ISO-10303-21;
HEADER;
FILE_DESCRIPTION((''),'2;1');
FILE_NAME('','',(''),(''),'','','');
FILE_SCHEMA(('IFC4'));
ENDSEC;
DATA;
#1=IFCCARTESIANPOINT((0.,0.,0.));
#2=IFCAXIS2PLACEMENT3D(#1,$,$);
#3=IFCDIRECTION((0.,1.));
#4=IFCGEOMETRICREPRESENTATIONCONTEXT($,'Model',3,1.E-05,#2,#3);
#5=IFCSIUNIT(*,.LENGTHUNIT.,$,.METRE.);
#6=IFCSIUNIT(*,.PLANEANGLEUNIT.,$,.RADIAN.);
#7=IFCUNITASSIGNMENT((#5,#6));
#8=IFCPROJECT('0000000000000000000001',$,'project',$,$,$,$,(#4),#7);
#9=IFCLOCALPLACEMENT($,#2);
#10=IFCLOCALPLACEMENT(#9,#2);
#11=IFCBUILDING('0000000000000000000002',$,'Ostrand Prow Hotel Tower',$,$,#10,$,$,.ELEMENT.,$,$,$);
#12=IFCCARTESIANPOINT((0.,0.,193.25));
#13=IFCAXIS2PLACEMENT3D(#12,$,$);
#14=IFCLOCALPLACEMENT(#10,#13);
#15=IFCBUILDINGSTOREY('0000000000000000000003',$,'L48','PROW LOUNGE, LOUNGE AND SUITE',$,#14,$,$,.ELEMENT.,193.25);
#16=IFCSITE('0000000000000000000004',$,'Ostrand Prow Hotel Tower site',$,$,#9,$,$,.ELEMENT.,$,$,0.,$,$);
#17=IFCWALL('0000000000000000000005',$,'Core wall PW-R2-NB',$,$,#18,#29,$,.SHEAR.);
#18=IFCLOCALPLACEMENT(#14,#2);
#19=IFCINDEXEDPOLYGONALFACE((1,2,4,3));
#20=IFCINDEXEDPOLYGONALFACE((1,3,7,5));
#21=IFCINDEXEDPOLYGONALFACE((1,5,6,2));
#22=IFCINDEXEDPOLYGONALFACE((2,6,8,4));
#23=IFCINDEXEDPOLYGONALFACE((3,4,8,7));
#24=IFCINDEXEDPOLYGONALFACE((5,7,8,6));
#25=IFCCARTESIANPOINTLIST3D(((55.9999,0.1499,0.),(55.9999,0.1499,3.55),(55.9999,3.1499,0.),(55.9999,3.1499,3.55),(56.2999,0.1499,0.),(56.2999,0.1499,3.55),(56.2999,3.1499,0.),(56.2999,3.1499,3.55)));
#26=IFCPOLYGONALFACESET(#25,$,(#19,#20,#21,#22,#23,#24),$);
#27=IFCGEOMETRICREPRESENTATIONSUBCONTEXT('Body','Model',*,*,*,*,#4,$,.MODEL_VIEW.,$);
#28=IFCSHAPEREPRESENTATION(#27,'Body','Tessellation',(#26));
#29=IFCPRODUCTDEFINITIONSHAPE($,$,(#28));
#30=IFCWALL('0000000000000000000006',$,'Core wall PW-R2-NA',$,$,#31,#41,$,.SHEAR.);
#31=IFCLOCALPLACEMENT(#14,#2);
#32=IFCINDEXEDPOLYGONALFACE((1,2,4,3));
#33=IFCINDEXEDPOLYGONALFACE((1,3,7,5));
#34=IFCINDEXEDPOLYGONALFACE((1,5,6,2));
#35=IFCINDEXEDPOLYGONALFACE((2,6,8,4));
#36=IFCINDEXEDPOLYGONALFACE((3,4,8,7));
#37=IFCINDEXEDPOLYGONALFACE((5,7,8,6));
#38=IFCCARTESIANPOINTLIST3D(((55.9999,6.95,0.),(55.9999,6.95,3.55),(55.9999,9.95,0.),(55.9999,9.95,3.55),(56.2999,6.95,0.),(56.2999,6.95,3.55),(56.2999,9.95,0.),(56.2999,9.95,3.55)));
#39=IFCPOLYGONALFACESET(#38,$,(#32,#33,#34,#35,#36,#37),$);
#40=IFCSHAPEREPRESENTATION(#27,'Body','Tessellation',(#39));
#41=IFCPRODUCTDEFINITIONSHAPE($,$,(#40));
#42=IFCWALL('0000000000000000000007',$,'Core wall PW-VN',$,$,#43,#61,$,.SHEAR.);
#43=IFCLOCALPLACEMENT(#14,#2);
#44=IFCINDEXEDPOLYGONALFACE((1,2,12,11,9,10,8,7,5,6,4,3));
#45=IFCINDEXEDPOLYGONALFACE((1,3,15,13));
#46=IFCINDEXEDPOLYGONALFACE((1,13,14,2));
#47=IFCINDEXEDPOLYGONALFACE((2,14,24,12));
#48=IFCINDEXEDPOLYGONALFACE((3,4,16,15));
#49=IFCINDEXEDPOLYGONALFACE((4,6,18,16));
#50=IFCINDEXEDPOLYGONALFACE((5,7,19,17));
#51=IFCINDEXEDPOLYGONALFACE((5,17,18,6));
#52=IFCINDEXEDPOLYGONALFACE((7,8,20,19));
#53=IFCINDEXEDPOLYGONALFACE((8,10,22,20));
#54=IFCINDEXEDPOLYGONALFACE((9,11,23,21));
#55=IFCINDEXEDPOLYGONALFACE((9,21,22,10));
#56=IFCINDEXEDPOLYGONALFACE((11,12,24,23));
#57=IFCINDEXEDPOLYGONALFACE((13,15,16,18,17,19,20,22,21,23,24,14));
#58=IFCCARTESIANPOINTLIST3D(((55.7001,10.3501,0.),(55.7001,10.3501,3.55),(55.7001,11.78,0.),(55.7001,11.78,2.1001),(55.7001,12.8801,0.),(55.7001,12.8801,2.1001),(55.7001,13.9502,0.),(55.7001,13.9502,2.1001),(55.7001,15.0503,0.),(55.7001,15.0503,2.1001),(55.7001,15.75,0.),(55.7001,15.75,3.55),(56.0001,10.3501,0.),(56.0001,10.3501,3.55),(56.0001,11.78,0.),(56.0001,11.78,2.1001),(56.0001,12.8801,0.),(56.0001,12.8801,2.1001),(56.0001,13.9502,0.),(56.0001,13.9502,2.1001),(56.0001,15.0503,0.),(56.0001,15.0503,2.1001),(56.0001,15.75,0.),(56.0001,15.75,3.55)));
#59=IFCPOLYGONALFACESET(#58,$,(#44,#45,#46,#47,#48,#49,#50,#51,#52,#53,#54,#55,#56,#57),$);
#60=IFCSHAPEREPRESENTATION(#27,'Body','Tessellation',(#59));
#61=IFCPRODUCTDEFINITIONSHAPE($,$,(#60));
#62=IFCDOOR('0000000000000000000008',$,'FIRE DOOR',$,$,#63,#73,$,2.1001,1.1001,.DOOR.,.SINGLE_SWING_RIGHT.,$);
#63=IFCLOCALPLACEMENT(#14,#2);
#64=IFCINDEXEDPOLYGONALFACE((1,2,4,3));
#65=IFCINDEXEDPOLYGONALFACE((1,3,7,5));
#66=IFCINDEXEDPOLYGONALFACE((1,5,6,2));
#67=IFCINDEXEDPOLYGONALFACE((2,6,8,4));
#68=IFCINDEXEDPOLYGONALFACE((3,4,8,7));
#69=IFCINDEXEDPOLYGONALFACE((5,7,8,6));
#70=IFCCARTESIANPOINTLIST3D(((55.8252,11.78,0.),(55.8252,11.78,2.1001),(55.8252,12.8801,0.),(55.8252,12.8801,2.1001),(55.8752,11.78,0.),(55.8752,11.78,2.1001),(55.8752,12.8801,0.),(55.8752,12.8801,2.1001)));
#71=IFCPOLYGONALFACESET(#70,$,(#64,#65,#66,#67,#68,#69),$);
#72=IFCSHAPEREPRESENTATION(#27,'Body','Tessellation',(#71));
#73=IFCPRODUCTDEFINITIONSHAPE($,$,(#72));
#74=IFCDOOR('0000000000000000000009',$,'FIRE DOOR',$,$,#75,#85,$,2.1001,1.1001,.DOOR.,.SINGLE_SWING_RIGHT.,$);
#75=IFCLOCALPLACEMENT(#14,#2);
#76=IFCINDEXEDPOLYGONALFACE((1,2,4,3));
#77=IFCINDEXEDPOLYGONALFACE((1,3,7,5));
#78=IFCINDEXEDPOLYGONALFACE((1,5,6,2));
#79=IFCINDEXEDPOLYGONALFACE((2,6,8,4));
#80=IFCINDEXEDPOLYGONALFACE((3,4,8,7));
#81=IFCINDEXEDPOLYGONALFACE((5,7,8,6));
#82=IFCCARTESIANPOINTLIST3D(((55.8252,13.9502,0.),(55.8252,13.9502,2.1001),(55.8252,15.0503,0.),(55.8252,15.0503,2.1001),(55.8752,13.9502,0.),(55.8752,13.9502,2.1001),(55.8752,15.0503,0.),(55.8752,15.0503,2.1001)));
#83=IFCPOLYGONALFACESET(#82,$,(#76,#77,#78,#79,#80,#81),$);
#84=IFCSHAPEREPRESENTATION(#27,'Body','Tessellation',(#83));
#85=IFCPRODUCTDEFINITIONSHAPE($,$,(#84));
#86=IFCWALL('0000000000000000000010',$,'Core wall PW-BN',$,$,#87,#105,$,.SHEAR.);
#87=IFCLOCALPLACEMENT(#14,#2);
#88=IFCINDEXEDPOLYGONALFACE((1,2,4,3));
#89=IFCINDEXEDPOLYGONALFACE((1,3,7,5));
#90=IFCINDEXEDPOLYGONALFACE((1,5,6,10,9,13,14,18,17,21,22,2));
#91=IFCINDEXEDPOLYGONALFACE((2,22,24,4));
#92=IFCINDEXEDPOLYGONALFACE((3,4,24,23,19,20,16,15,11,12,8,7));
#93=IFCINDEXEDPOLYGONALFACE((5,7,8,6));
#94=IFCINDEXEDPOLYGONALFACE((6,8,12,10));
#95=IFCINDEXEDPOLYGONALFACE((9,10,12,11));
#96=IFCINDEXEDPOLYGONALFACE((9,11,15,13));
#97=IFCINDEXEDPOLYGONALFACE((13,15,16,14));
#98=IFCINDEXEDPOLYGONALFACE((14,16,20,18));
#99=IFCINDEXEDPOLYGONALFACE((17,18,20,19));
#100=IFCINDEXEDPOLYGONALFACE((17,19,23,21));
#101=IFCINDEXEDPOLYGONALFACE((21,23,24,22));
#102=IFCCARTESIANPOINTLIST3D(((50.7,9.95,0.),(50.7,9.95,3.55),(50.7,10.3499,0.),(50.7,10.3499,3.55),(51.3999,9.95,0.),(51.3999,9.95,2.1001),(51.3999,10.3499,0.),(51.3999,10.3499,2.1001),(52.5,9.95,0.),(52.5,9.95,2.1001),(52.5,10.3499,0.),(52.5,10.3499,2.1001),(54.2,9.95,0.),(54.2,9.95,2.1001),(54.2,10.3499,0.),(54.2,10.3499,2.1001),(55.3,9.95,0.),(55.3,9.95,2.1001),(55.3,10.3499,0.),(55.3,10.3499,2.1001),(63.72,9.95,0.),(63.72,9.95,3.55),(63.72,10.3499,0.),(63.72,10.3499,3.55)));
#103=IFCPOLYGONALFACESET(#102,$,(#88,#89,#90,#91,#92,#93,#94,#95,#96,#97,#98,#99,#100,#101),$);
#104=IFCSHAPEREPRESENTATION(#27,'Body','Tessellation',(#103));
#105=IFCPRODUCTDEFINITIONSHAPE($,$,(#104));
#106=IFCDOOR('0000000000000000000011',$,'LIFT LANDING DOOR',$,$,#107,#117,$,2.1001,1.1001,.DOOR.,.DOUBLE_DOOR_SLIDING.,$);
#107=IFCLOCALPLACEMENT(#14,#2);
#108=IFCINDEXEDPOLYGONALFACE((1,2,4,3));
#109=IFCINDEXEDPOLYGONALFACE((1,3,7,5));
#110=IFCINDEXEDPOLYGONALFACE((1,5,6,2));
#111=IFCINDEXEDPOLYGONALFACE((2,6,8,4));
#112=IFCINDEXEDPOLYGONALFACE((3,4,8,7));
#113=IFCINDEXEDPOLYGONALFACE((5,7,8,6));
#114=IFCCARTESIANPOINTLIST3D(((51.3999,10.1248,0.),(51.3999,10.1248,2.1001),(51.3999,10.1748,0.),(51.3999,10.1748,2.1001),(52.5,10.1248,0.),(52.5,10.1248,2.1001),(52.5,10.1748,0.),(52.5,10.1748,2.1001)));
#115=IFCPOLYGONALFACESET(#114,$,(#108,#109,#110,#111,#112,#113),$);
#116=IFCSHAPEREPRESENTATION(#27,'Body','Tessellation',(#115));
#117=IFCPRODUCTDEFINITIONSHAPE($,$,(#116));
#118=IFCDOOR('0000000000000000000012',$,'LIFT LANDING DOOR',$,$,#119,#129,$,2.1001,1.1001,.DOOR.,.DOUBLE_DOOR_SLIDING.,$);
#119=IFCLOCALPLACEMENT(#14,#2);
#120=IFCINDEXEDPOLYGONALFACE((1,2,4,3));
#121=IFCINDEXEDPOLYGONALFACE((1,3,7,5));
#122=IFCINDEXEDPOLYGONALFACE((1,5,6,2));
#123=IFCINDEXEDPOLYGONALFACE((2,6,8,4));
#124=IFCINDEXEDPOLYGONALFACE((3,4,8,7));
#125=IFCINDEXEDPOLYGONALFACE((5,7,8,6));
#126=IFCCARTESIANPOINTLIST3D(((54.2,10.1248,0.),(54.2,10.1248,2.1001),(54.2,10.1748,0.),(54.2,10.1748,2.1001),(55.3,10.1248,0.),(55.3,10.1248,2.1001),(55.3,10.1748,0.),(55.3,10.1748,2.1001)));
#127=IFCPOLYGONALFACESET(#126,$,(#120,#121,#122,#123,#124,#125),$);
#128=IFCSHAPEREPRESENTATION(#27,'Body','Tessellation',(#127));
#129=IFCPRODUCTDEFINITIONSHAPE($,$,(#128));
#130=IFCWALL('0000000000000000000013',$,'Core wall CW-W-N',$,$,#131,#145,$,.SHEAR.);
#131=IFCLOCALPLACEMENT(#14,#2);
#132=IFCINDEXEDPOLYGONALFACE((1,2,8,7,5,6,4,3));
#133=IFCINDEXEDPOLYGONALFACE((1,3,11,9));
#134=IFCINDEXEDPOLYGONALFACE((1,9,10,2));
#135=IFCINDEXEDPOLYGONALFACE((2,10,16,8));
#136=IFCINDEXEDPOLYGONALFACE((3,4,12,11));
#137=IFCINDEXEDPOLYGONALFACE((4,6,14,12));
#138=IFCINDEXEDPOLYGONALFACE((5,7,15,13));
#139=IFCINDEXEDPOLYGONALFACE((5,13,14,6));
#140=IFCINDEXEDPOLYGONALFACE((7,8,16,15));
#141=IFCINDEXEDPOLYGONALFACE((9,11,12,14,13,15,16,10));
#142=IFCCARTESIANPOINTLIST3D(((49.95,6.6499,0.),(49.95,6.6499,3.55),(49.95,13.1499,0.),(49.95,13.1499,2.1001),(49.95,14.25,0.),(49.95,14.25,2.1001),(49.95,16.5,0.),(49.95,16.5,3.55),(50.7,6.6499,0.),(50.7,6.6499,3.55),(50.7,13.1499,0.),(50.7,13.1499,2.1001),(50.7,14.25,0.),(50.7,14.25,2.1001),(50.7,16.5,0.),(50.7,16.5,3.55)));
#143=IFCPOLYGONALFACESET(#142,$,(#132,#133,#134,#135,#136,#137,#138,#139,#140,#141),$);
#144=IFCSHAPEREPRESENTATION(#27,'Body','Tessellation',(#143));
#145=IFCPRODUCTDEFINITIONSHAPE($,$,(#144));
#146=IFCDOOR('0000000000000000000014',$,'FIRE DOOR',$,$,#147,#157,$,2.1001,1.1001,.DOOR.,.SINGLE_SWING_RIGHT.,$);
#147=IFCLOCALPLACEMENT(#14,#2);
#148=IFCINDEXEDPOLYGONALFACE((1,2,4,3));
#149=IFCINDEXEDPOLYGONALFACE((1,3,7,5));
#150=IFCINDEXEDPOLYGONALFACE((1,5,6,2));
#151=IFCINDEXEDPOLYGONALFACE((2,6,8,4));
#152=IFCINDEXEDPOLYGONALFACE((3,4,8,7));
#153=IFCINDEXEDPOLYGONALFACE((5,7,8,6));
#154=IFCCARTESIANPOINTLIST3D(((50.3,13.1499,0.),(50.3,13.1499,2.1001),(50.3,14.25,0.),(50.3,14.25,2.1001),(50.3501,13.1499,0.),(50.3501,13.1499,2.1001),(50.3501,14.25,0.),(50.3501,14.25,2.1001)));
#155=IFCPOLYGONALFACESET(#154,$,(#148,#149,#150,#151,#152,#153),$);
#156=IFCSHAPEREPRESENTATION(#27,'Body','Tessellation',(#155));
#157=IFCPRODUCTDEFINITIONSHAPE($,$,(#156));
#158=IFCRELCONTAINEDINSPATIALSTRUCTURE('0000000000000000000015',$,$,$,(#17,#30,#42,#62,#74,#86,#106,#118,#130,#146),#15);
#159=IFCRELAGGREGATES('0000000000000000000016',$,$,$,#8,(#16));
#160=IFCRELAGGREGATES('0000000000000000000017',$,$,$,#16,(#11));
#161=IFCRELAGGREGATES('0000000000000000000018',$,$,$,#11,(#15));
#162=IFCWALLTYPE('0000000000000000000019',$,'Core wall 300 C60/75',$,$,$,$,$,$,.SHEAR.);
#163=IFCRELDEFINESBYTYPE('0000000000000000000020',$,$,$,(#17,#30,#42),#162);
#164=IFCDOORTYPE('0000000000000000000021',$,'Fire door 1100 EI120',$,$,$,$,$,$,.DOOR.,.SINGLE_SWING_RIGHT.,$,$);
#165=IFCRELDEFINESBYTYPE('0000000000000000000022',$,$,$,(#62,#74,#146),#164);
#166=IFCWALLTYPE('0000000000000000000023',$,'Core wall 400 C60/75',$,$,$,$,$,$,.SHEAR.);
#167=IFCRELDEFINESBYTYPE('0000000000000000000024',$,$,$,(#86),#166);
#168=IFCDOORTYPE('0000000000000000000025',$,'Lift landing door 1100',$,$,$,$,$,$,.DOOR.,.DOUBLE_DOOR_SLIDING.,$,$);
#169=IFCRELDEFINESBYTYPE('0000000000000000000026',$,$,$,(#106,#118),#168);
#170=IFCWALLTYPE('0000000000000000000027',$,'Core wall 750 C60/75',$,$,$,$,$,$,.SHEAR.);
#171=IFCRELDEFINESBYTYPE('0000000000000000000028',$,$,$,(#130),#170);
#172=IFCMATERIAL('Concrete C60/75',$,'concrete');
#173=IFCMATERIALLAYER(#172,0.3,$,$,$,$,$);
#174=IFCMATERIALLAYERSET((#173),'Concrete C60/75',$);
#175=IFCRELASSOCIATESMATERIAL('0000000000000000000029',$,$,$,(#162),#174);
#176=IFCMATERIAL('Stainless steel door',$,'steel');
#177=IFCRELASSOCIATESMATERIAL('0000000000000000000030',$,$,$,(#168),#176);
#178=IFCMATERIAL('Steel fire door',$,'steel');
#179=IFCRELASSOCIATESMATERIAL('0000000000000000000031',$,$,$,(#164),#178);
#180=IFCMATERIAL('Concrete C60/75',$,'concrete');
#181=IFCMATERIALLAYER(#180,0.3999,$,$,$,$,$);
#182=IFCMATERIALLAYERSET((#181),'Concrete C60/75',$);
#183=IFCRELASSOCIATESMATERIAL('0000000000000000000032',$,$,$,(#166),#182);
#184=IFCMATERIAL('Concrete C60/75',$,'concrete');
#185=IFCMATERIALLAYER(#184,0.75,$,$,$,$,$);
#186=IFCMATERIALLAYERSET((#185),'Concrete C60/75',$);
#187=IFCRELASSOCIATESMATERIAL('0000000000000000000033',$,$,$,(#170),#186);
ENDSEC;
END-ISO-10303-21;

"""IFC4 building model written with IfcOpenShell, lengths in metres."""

from ifc_helpers import new_model, si_unit, direction, frame, frame_2d, origin, place, context, subcontext, project, spatial, rectangle, extrude, material, layer, layer_set, type_object, element, fill, save


model = new_model("IFC4")

# Units and contexts
model_context = context("Model", 3, precision=1e-05, world=origin(), true_north=direction((0.0, 1.0)))
body_context = subcontext(model_context, "Body", "Model", "MODEL_VIEW")
ifc_project = project(units=[si_unit("LENGTHUNIT", "METRE"), si_unit("PLANEANGLEUNIT", "RADIAN")], contexts=[model_context])

# Site, building, storey
site_placement = place(None, origin())
site = spatial("IfcSite", under=ifc_project, at=site_placement, Name="Ostrand Prow Hotel Tower site", CompositionType="ELEMENT", RefElevation=0.0)
building_placement = place(site_placement, origin())
building = spatial("IfcBuilding", under=site, at=building_placement, Name="Ostrand Prow Hotel Tower", CompositionType="ELEMENT")
storey_placement = place(building_placement, frame((0.0, 0.0, 193.25)))
storey = spatial("IfcBuildingStorey", under=building, at=storey_placement, Name="L48", Description="PROW LOUNGE, LOUNGE AND SUITE", CompositionType="ELEMENT", Elevation=193.25)

# Shared definitions
ifc_material_1 = material(Name="Concrete C60/75", Category="concrete")
ifc_layer_1 = layer(ifc_material_1, 0.3)
ifc_layer_set_1 = layer_set([ifc_layer_1], Name="Concrete C60/75")
wall_type_1 = type_object("IfcWallType", Name="Core wall 300 C60/75", PredefinedType="SHEAR", material=ifc_layer_set_1)
ifc_material_2 = material(Name="Stainless steel door", Category="steel")
door_type_1 = type_object("IfcDoorType", Name="Lift landing door 1100", OperationType="DOUBLE_DOOR_SLIDING", PredefinedType="DOOR", material=ifc_material_2)

# Walls
for number, where, z_axis, x_axis, name in (
    (1, (56.1499, 0.1499, 0.0), (0.0, 0.0, 1.0), (0.0, 1.0, 0.0), "Core wall PW-R2-NB"),
    (2, (56.1499, 6.95, 0.0), (0.0, 0.0, 1.0), (0.0, 1.0, 0.0), "Core wall PW-R2-NA"),
):
    element("IfcWall", number, at=place(storey_placement, frame(where, z_axis=z_axis, x_axis=x_axis)), inside=storey, type_object=wall_type_1, Name=name, PredefinedType="SHEAR", context=body_context, shape_type="SweptSolid", body=[
        extrude(rectangle(XDim=3.0, YDim=0.3, at=frame_2d((1.5, 0.0))), origin(), (0.0, 0.0, 1.0), 3.55),
    ])

# Walls, openings, doors
wall_1_placement = place(storey_placement, frame((55.8501, 10.3501, 0.0), z_axis=(0.0, 0.0, 1.0), x_axis=(0.0, 1.0, 0.0)))
wall_1 = element("IfcWall", 3, at=wall_1_placement, inside=storey, type_object=wall_type_1, Name="Core wall PW-VN", PredefinedType="SHEAR", context=body_context, shape_type="SweptSolid", body=[
    extrude(rectangle(XDim=5.3999, YDim=0.3, at=frame_2d((2.7, 0.0))), origin(), (0.0, 0.0, 1.0), 3.55),
])
opening_1_placement = place(wall_1_placement, frame((1.4299, 0.0, 0.0)))
opening_1 = element("IfcOpeningElement", 4, at=opening_1_placement, cuts=wall_1, PredefinedType="OPENING", context=body_context, shape_type="SweptSolid", body=[
    extrude(rectangle(XDim=1.1001, YDim=2.1001, at=frame_2d((0.55, 1.05))), frame((0.0, 0.1599, 0.0), z_axis=(0.0, -1.0, 0.0), x_axis=(1.0, 0.0, 0.0)), (0.0, 0.0, 1.0), 0.3201),
])
opening_2_placement = place(wall_1_placement, frame((3.6001, 0.0, 0.0)))
opening_2 = element("IfcOpeningElement", 5, at=opening_2_placement, cuts=wall_1, PredefinedType="OPENING", context=body_context, shape_type="SweptSolid", body=[
    extrude(rectangle(XDim=1.1001, YDim=2.1001, at=frame_2d((0.55, 1.05))), frame((0.0, 0.1599, 0.0), z_axis=(0.0, -1.0, 0.0), x_axis=(1.0, 0.0, 0.0)), (0.0, 0.0, 1.0), 0.3201),
])
ifc_material_3 = material(Name="Steel fire door", Category="steel")
door_type_2 = type_object("IfcDoorType", Name="Fire door 1100 EI120", OperationType="SINGLE_SWING_RIGHT", PredefinedType="DOOR", material=ifc_material_3)
door_1_placement = place(opening_1_placement, origin())
door_1 = element("IfcDoor", 6, at=door_1_placement, inside=storey, type_object=door_type_2, Name="FIRE DOOR", OperationType="SINGLE_SWING_RIGHT", OverallHeight=2.1001, OverallWidth=1.1001, PredefinedType="DOOR", context=body_context, shape_type="SweptSolid", body=[
    extrude(rectangle(XDim=1.1001, YDim=2.1001, at=frame_2d((0.55, 1.05))), frame((0.0, 0.0249, 0.0), z_axis=(0.0, -1.0, 0.0), x_axis=(1.0, 0.0, 0.0)), (0.0, 0.0, 1.0), 0.05),
])
fill(opening_1, door_1)
door_2_placement = place(opening_2_placement, origin())
door_2 = element("IfcDoor", 7, at=door_2_placement, inside=storey, type_object=door_type_2, Name="FIRE DOOR", OperationType="SINGLE_SWING_RIGHT", OverallHeight=2.1001, OverallWidth=1.1001, PredefinedType="DOOR", context=body_context, shape_type="SweptSolid", body=[
    extrude(rectangle(XDim=1.1001, YDim=2.1001, at=frame_2d((0.55, 1.05))), frame((0.0, 0.0249, 0.0), z_axis=(0.0, -1.0, 0.0), x_axis=(1.0, 0.0, 0.0)), (0.0, 0.0, 1.0), 0.05),
])
fill(opening_2, door_2)
ifc_material_4 = material(Name="Concrete C60/75", Category="concrete")
ifc_layer_2 = layer(ifc_material_4, 0.3999)
ifc_layer_set_2 = layer_set([ifc_layer_2], Name="Concrete C60/75")
wall_type_2 = type_object("IfcWallType", Name="Core wall 400 C60/75", PredefinedType="SHEAR", material=ifc_layer_set_2)
wall_2_placement = place(storey_placement, frame((50.7, 10.1499, 0.0), z_axis=(0.0, 0.0, 1.0), x_axis=(1.0, 0.0, 0.0)))
wall_2 = element("IfcWall", 8, at=wall_2_placement, inside=storey, type_object=wall_type_2, Name="Core wall PW-BN", PredefinedType="SHEAR", context=body_context, shape_type="SweptSolid", body=[
    extrude(rectangle(XDim=13.02, YDim=0.3999, at=frame_2d((6.51, 0.0))), origin(), (0.0, 0.0, 1.0), 3.55),
])
opening_3_placement = place(wall_2_placement, frame((0.7, 0.0, 0.0)))
opening_3 = element("IfcOpeningElement", 9, at=opening_3_placement, cuts=wall_2, PredefinedType="OPENING", context=body_context, shape_type="SweptSolid", body=[
    extrude(rectangle(XDim=1.1001, YDim=2.1001, at=frame_2d((0.55, 1.05))), frame((0.0, 0.21, 0.0), z_axis=(0.0, -1.0, 0.0), x_axis=(1.0, 0.0, 0.0)), (0.0, 0.0, 1.0), 0.4199),
])
opening_4_placement = place(wall_2_placement, frame((3.5, 0.0, 0.0)))
opening_4 = element("IfcOpeningElement", 10, at=opening_4_placement, cuts=wall_2, PredefinedType="OPENING", context=body_context, shape_type="SweptSolid", body=[
    extrude(rectangle(XDim=1.1001, YDim=2.1001, at=frame_2d((0.55, 1.05))), frame((0.0, 0.21, 0.0), z_axis=(0.0, -1.0, 0.0), x_axis=(1.0, 0.0, 0.0)), (0.0, 0.0, 1.0), 0.4199),
])
door_3_placement = place(opening_3_placement, origin())
door_3 = element("IfcDoor", 11, at=door_3_placement, inside=storey, type_object=door_type_1, Name="LIFT LANDING DOOR", OperationType="DOUBLE_DOOR_SLIDING", OverallHeight=2.1001, OverallWidth=1.1001, PredefinedType="DOOR", context=body_context, shape_type="SweptSolid", body=[
    extrude(rectangle(XDim=1.1001, YDim=2.1001, at=frame_2d((0.55, 1.05))), frame((0.0, 0.0249, 0.0), z_axis=(0.0, -1.0, 0.0), x_axis=(1.0, 0.0, 0.0)), (0.0, 0.0, 1.0), 0.05),
])
fill(opening_3, door_3)
door_4_placement = place(opening_4_placement, origin())
door_4 = element("IfcDoor", 12, at=door_4_placement, inside=storey, type_object=door_type_1, Name="LIFT LANDING DOOR", OperationType="DOUBLE_DOOR_SLIDING", OverallHeight=2.1001, OverallWidth=1.1001, PredefinedType="DOOR", context=body_context, shape_type="SweptSolid", body=[
    extrude(rectangle(XDim=1.1001, YDim=2.1001, at=frame_2d((0.55, 1.05))), frame((0.0, 0.0249, 0.0), z_axis=(0.0, -1.0, 0.0), x_axis=(1.0, 0.0, 0.0)), (0.0, 0.0, 1.0), 0.05),
])
fill(opening_4, door_4)

# Wall, opening, door
ifc_material_5 = material(Name="Concrete C60/75", Category="concrete")
ifc_layer_3 = layer(ifc_material_5, 0.75)
ifc_layer_set_3 = layer_set([ifc_layer_3], Name="Concrete C60/75")
wall_type_3 = type_object("IfcWallType", Name="Core wall 750 C60/75", PredefinedType="SHEAR", material=ifc_layer_set_3)
wall_3_placement = place(storey_placement, frame((50.325, 6.6499, 0.0), z_axis=(0.0, 0.0, 1.0), x_axis=(0.0, 1.0, 0.0)))
wall_3 = element("IfcWall", 13, at=wall_3_placement, inside=storey, type_object=wall_type_3, Name="Core wall CW-W-N", PredefinedType="SHEAR", context=body_context, shape_type="SweptSolid", body=[
    extrude(rectangle(XDim=9.8501, YDim=0.75, at=frame_2d((4.925, 0.0))), origin(), (0.0, 0.0, 1.0), 3.55),
])
opening_5_placement = place(wall_3_placement, frame((6.5, 0.0, 0.0)))
opening_5 = element("IfcOpeningElement", 14, at=opening_5_placement, cuts=wall_3, PredefinedType="OPENING", context=body_context, shape_type="SweptSolid", body=[
    extrude(rectangle(XDim=1.1001, YDim=2.1001, at=frame_2d((0.55, 1.05))), frame((0.0, 0.385, 0.0), z_axis=(0.0, -1.0, 0.0), x_axis=(1.0, 0.0, 0.0)), (0.0, 0.0, 1.0), 0.77),
])
door_5_placement = place(opening_5_placement, origin())
door_5 = element("IfcDoor", 15, at=door_5_placement, inside=storey, type_object=door_type_2, Name="FIRE DOOR", OperationType="SINGLE_SWING_RIGHT", OverallHeight=2.1001, OverallWidth=1.1001, PredefinedType="DOOR", context=body_context, shape_type="SweptSolid", body=[
    extrude(rectangle(XDim=1.1001, YDim=2.1001, at=frame_2d((0.55, 1.05))), frame((0.0, 0.0249, 0.0), z_axis=(0.0, -1.0, 0.0), x_axis=(1.0, 0.0, 0.0)), (0.0, 0.0, 1.0), 0.05),
])
fill(opening_5, door_5)

save(model, "model.ifc")
